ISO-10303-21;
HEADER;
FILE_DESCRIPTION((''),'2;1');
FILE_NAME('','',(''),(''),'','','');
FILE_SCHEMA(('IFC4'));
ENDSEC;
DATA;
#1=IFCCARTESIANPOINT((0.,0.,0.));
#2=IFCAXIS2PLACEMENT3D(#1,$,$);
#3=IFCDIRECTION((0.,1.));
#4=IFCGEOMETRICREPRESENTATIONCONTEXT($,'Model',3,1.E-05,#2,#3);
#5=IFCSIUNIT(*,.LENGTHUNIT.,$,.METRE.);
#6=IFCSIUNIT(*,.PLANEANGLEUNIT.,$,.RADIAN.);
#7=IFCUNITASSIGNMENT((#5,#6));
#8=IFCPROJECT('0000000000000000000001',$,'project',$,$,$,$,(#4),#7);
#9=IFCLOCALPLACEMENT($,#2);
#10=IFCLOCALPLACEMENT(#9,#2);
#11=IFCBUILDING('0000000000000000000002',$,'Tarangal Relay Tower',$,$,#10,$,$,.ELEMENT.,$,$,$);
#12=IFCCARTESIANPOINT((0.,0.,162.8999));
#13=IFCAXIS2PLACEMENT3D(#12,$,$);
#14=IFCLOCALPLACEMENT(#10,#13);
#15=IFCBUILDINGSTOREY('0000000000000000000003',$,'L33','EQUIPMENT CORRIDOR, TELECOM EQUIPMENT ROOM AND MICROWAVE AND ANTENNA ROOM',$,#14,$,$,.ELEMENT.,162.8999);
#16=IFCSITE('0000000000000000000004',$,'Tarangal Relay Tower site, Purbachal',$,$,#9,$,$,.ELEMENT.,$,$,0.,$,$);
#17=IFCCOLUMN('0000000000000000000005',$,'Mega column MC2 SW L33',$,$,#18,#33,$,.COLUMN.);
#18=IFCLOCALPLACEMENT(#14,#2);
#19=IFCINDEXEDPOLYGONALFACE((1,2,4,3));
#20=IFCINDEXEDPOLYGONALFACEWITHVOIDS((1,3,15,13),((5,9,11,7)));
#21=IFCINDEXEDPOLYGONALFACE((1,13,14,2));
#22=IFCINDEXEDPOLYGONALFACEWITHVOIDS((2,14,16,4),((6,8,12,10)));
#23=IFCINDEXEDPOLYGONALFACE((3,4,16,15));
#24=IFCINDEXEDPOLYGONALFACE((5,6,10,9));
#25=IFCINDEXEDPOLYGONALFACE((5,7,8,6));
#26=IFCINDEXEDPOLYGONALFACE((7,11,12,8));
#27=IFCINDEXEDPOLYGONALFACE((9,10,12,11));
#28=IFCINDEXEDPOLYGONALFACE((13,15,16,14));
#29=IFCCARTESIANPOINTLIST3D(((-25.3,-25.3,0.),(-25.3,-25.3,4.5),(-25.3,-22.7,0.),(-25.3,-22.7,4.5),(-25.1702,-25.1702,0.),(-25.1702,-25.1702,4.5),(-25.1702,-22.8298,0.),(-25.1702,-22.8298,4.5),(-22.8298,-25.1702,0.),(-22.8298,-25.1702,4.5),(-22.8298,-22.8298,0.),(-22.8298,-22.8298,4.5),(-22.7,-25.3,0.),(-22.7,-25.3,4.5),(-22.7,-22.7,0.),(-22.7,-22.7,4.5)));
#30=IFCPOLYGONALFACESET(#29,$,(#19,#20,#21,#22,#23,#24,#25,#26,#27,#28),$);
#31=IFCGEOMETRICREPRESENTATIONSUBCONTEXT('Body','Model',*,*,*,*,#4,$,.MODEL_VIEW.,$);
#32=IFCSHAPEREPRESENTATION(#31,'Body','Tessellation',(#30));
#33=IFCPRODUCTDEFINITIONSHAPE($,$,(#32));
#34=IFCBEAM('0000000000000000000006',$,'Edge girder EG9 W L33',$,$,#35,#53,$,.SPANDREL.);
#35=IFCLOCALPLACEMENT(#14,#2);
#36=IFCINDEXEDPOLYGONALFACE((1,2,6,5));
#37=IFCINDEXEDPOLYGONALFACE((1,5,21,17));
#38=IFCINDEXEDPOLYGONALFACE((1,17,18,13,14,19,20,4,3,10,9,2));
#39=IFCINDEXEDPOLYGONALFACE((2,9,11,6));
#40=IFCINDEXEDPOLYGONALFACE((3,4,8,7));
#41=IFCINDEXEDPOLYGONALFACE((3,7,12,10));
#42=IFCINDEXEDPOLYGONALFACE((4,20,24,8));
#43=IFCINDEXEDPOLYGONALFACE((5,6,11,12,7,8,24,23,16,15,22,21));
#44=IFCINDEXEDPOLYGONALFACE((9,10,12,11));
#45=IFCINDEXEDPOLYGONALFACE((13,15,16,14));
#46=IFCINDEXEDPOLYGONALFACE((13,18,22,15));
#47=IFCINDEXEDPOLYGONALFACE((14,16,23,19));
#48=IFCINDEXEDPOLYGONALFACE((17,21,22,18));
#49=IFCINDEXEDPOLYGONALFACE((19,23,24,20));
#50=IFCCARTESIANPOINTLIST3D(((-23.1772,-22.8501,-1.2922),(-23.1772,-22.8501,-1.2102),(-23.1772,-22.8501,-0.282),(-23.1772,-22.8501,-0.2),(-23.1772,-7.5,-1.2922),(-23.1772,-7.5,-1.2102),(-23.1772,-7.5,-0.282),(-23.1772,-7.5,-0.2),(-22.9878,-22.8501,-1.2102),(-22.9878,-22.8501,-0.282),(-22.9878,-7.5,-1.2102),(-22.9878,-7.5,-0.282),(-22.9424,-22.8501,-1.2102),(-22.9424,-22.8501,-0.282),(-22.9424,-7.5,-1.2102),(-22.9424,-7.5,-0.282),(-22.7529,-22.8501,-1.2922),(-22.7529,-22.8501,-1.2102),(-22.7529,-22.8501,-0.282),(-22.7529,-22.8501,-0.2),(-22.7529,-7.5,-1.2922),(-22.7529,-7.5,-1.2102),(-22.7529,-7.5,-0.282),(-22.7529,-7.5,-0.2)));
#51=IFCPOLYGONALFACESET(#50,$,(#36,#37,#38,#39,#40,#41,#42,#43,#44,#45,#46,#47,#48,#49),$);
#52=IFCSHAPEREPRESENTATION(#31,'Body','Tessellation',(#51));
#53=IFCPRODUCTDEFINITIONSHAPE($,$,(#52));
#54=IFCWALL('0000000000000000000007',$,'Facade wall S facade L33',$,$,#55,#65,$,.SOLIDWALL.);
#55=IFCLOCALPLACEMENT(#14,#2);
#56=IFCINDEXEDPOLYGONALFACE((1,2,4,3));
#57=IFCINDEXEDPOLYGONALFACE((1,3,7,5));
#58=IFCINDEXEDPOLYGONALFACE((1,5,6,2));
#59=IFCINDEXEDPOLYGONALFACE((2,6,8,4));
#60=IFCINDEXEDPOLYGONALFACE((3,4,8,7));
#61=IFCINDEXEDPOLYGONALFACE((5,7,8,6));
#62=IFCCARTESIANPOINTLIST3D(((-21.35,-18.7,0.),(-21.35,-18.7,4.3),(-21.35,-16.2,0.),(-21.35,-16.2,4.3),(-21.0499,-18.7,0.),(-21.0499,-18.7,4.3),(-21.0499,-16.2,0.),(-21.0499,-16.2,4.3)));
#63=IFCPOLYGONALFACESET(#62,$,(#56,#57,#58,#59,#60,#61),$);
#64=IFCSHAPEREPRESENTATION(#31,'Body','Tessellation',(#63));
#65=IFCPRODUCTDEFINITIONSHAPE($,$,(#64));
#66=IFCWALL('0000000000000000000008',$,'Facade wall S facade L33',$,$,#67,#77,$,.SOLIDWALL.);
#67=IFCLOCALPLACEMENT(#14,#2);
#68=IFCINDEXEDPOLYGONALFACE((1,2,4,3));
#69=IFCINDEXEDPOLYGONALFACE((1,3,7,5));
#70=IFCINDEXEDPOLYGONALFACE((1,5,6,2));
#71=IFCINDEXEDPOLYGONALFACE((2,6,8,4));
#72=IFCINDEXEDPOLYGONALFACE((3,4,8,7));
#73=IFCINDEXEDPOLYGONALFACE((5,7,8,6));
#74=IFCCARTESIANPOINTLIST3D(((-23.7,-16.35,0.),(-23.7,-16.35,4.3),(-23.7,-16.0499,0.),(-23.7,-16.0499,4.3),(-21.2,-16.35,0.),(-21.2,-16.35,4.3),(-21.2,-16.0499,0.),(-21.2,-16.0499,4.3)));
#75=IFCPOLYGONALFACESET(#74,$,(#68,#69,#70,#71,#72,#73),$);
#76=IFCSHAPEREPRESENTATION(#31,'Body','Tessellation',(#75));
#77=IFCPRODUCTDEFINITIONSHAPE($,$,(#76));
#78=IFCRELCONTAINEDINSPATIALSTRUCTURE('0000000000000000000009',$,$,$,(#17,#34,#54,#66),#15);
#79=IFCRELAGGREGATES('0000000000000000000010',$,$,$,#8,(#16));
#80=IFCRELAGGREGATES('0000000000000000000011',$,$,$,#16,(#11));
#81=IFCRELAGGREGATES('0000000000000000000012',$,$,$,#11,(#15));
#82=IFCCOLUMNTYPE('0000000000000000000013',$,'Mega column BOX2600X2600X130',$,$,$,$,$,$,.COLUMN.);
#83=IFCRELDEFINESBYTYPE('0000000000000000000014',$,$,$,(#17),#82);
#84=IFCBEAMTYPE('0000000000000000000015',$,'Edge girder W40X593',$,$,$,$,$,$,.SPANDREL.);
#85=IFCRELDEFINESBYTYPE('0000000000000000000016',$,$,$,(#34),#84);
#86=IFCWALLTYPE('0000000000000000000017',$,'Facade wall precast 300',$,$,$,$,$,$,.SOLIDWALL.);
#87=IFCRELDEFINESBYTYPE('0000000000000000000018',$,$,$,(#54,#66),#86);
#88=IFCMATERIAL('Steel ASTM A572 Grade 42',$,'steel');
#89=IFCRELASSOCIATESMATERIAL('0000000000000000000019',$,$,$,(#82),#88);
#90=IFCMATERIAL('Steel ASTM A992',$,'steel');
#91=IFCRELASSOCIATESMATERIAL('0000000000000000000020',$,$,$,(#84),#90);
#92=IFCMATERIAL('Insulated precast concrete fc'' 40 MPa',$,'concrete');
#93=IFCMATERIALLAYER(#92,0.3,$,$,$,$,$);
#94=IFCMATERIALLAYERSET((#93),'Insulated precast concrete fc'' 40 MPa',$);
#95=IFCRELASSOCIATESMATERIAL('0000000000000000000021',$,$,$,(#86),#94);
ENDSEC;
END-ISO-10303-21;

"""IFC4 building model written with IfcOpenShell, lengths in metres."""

from ifc_helpers import new_model, si_unit, direction, frame, frame_2d, origin, origin_2d, place, context, subcontext, project, spatial, rectangle, hollow_rectangle, i_section, extrude, material, layer, layer_set, material_profile, profile_set, type_object, element, save


model = new_model("IFC4")

# Units and contexts
model_context = context("Model", 3, precision=1e-05, world=origin(), true_north=direction((0.0, 1.0)))
body_context = subcontext(model_context, "Body", "Model", "MODEL_VIEW")
ifc_project = project(units=[si_unit("LENGTHUNIT", "METRE"), si_unit("PLANEANGLEUNIT", "RADIAN")], contexts=[model_context])

# Site, building, storey
site_placement = place(None, origin())
site = spatial("IfcSite", under=ifc_project, at=site_placement, Name="Tarangal Relay Tower site, Purbachal", CompositionType="ELEMENT", RefElevation=0.0)
building_placement = place(site_placement, origin())
building = spatial("IfcBuilding", under=site, at=building_placement, Name="Tarangal Relay Tower", CompositionType="ELEMENT")
storey_placement = place(building_placement, frame((0.0, 0.0, 162.8999)))
storey = spatial("IfcBuildingStorey", under=building, at=storey_placement, Name="L33", Description="EQUIPMENT CORRIDOR, TELECOM EQUIPMENT ROOM AND MICROWAVE AND ANTENNA ROOM", CompositionType="ELEMENT", Elevation=162.8999)

# Column
ifc_material_1 = material(Name="Steel ASTM A572 Grade 42", Category="steel")
ifc_material_profile_1 = material_profile(ifc_material_1, hollow_rectangle(XDim=2.6001, YDim=2.6001, WallThickness=0.1299, at=origin_2d()), Name="BOX2600X2600X130")
ifc_profile_set_1 = profile_set([ifc_material_profile_1], Name="Steel ASTM A572 Grade 42")
column_type = type_object("IfcColumnType", Name="Mega column BOX2600X2600X130", PredefinedType="COLUMN", material=ifc_profile_set_1)
column_placement = place(storey_placement, frame((-24.0, -24.0, 0.0), z_axis=(0.0, 0.0, 1.0), x_axis=(1.0, 0.0, 0.0)))
element("IfcColumn", 1, at=column_placement, inside=storey, type_object=column_type, Name="Mega column MC2 SW L33", PredefinedType="COLUMN", context=body_context, shape_type="SweptSolid", body=[
    extrude(hollow_rectangle(XDim=2.6001, YDim=2.6001, WallThickness=0.1299, at=origin_2d()), origin(), (0.0, 0.0, 1.0), 4.5),
])

# Beam
ifc_material_2 = material(Name="Steel ASTM A992", Category="steel")
ifc_material_profile_2 = material_profile(ifc_material_2, i_section(OverallWidth=0.4243, OverallDepth=1.0923, WebThickness=0.0454, FlangeThickness=0.082, at=origin_2d()), Name="W40X593")
ifc_profile_set_2 = profile_set([ifc_material_profile_2], Name="Steel ASTM A992")
beam_type = type_object("IfcBeamType", Name="Edge girder W40X593", PredefinedType="SPANDREL", material=ifc_profile_set_2)
beam_placement = place(storey_placement, frame((-22.9651, -22.8501, -0.7461), z_axis=(0.0, 1.0, 0.0), x_axis=(-1.0, 0.0, 0.0)))
element("IfcBeam", 2, at=beam_placement, inside=storey, type_object=beam_type, Name="Edge girder EG9 W L33", PredefinedType="SPANDREL", context=body_context, shape_type="SweptSolid", body=[
    extrude(i_section(OverallWidth=0.4243, OverallDepth=1.0923, WebThickness=0.0454, FlangeThickness=0.082, at=origin_2d()), origin(), (0.0, 0.0, 1.0), 15.3501),
])

# Walls
ifc_material_3 = material(Name="Insulated precast concrete fc' 40 MPa", Category="concrete")
ifc_layer = layer(ifc_material_3, 0.3)
ifc_layer_set = layer_set([ifc_layer], Name="Insulated precast concrete fc' 40 MPa")
wall_type = type_object("IfcWallType", Name="Facade wall precast 300", PredefinedType="SOLIDWALL", material=ifc_layer_set)
for number, where, z_axis, x_axis, name in (
    (3, (-21.2, -18.7, 0.0), (0.0, 0.0, 1.0), (0.0, 1.0, 0.0), "Facade wall S facade L33"),
    (4, (-21.2, -16.2, 0.0), (0.0, 0.0, 1.0), (-1.0, 0.0, 0.0), "Facade wall S facade L33"),
):
    element("IfcWall", number, at=place(storey_placement, frame(where, z_axis=z_axis, x_axis=x_axis)), inside=storey, type_object=wall_type, Name=name, PredefinedType="SOLIDWALL", context=body_context, shape_type="SweptSolid", body=[
        extrude(rectangle(XDim=2.5, YDim=0.3, at=frame_2d((1.25, 0.0))), origin(), (0.0, 0.0, 1.0), 4.3),
    ])

save(model, "model.ifc")
